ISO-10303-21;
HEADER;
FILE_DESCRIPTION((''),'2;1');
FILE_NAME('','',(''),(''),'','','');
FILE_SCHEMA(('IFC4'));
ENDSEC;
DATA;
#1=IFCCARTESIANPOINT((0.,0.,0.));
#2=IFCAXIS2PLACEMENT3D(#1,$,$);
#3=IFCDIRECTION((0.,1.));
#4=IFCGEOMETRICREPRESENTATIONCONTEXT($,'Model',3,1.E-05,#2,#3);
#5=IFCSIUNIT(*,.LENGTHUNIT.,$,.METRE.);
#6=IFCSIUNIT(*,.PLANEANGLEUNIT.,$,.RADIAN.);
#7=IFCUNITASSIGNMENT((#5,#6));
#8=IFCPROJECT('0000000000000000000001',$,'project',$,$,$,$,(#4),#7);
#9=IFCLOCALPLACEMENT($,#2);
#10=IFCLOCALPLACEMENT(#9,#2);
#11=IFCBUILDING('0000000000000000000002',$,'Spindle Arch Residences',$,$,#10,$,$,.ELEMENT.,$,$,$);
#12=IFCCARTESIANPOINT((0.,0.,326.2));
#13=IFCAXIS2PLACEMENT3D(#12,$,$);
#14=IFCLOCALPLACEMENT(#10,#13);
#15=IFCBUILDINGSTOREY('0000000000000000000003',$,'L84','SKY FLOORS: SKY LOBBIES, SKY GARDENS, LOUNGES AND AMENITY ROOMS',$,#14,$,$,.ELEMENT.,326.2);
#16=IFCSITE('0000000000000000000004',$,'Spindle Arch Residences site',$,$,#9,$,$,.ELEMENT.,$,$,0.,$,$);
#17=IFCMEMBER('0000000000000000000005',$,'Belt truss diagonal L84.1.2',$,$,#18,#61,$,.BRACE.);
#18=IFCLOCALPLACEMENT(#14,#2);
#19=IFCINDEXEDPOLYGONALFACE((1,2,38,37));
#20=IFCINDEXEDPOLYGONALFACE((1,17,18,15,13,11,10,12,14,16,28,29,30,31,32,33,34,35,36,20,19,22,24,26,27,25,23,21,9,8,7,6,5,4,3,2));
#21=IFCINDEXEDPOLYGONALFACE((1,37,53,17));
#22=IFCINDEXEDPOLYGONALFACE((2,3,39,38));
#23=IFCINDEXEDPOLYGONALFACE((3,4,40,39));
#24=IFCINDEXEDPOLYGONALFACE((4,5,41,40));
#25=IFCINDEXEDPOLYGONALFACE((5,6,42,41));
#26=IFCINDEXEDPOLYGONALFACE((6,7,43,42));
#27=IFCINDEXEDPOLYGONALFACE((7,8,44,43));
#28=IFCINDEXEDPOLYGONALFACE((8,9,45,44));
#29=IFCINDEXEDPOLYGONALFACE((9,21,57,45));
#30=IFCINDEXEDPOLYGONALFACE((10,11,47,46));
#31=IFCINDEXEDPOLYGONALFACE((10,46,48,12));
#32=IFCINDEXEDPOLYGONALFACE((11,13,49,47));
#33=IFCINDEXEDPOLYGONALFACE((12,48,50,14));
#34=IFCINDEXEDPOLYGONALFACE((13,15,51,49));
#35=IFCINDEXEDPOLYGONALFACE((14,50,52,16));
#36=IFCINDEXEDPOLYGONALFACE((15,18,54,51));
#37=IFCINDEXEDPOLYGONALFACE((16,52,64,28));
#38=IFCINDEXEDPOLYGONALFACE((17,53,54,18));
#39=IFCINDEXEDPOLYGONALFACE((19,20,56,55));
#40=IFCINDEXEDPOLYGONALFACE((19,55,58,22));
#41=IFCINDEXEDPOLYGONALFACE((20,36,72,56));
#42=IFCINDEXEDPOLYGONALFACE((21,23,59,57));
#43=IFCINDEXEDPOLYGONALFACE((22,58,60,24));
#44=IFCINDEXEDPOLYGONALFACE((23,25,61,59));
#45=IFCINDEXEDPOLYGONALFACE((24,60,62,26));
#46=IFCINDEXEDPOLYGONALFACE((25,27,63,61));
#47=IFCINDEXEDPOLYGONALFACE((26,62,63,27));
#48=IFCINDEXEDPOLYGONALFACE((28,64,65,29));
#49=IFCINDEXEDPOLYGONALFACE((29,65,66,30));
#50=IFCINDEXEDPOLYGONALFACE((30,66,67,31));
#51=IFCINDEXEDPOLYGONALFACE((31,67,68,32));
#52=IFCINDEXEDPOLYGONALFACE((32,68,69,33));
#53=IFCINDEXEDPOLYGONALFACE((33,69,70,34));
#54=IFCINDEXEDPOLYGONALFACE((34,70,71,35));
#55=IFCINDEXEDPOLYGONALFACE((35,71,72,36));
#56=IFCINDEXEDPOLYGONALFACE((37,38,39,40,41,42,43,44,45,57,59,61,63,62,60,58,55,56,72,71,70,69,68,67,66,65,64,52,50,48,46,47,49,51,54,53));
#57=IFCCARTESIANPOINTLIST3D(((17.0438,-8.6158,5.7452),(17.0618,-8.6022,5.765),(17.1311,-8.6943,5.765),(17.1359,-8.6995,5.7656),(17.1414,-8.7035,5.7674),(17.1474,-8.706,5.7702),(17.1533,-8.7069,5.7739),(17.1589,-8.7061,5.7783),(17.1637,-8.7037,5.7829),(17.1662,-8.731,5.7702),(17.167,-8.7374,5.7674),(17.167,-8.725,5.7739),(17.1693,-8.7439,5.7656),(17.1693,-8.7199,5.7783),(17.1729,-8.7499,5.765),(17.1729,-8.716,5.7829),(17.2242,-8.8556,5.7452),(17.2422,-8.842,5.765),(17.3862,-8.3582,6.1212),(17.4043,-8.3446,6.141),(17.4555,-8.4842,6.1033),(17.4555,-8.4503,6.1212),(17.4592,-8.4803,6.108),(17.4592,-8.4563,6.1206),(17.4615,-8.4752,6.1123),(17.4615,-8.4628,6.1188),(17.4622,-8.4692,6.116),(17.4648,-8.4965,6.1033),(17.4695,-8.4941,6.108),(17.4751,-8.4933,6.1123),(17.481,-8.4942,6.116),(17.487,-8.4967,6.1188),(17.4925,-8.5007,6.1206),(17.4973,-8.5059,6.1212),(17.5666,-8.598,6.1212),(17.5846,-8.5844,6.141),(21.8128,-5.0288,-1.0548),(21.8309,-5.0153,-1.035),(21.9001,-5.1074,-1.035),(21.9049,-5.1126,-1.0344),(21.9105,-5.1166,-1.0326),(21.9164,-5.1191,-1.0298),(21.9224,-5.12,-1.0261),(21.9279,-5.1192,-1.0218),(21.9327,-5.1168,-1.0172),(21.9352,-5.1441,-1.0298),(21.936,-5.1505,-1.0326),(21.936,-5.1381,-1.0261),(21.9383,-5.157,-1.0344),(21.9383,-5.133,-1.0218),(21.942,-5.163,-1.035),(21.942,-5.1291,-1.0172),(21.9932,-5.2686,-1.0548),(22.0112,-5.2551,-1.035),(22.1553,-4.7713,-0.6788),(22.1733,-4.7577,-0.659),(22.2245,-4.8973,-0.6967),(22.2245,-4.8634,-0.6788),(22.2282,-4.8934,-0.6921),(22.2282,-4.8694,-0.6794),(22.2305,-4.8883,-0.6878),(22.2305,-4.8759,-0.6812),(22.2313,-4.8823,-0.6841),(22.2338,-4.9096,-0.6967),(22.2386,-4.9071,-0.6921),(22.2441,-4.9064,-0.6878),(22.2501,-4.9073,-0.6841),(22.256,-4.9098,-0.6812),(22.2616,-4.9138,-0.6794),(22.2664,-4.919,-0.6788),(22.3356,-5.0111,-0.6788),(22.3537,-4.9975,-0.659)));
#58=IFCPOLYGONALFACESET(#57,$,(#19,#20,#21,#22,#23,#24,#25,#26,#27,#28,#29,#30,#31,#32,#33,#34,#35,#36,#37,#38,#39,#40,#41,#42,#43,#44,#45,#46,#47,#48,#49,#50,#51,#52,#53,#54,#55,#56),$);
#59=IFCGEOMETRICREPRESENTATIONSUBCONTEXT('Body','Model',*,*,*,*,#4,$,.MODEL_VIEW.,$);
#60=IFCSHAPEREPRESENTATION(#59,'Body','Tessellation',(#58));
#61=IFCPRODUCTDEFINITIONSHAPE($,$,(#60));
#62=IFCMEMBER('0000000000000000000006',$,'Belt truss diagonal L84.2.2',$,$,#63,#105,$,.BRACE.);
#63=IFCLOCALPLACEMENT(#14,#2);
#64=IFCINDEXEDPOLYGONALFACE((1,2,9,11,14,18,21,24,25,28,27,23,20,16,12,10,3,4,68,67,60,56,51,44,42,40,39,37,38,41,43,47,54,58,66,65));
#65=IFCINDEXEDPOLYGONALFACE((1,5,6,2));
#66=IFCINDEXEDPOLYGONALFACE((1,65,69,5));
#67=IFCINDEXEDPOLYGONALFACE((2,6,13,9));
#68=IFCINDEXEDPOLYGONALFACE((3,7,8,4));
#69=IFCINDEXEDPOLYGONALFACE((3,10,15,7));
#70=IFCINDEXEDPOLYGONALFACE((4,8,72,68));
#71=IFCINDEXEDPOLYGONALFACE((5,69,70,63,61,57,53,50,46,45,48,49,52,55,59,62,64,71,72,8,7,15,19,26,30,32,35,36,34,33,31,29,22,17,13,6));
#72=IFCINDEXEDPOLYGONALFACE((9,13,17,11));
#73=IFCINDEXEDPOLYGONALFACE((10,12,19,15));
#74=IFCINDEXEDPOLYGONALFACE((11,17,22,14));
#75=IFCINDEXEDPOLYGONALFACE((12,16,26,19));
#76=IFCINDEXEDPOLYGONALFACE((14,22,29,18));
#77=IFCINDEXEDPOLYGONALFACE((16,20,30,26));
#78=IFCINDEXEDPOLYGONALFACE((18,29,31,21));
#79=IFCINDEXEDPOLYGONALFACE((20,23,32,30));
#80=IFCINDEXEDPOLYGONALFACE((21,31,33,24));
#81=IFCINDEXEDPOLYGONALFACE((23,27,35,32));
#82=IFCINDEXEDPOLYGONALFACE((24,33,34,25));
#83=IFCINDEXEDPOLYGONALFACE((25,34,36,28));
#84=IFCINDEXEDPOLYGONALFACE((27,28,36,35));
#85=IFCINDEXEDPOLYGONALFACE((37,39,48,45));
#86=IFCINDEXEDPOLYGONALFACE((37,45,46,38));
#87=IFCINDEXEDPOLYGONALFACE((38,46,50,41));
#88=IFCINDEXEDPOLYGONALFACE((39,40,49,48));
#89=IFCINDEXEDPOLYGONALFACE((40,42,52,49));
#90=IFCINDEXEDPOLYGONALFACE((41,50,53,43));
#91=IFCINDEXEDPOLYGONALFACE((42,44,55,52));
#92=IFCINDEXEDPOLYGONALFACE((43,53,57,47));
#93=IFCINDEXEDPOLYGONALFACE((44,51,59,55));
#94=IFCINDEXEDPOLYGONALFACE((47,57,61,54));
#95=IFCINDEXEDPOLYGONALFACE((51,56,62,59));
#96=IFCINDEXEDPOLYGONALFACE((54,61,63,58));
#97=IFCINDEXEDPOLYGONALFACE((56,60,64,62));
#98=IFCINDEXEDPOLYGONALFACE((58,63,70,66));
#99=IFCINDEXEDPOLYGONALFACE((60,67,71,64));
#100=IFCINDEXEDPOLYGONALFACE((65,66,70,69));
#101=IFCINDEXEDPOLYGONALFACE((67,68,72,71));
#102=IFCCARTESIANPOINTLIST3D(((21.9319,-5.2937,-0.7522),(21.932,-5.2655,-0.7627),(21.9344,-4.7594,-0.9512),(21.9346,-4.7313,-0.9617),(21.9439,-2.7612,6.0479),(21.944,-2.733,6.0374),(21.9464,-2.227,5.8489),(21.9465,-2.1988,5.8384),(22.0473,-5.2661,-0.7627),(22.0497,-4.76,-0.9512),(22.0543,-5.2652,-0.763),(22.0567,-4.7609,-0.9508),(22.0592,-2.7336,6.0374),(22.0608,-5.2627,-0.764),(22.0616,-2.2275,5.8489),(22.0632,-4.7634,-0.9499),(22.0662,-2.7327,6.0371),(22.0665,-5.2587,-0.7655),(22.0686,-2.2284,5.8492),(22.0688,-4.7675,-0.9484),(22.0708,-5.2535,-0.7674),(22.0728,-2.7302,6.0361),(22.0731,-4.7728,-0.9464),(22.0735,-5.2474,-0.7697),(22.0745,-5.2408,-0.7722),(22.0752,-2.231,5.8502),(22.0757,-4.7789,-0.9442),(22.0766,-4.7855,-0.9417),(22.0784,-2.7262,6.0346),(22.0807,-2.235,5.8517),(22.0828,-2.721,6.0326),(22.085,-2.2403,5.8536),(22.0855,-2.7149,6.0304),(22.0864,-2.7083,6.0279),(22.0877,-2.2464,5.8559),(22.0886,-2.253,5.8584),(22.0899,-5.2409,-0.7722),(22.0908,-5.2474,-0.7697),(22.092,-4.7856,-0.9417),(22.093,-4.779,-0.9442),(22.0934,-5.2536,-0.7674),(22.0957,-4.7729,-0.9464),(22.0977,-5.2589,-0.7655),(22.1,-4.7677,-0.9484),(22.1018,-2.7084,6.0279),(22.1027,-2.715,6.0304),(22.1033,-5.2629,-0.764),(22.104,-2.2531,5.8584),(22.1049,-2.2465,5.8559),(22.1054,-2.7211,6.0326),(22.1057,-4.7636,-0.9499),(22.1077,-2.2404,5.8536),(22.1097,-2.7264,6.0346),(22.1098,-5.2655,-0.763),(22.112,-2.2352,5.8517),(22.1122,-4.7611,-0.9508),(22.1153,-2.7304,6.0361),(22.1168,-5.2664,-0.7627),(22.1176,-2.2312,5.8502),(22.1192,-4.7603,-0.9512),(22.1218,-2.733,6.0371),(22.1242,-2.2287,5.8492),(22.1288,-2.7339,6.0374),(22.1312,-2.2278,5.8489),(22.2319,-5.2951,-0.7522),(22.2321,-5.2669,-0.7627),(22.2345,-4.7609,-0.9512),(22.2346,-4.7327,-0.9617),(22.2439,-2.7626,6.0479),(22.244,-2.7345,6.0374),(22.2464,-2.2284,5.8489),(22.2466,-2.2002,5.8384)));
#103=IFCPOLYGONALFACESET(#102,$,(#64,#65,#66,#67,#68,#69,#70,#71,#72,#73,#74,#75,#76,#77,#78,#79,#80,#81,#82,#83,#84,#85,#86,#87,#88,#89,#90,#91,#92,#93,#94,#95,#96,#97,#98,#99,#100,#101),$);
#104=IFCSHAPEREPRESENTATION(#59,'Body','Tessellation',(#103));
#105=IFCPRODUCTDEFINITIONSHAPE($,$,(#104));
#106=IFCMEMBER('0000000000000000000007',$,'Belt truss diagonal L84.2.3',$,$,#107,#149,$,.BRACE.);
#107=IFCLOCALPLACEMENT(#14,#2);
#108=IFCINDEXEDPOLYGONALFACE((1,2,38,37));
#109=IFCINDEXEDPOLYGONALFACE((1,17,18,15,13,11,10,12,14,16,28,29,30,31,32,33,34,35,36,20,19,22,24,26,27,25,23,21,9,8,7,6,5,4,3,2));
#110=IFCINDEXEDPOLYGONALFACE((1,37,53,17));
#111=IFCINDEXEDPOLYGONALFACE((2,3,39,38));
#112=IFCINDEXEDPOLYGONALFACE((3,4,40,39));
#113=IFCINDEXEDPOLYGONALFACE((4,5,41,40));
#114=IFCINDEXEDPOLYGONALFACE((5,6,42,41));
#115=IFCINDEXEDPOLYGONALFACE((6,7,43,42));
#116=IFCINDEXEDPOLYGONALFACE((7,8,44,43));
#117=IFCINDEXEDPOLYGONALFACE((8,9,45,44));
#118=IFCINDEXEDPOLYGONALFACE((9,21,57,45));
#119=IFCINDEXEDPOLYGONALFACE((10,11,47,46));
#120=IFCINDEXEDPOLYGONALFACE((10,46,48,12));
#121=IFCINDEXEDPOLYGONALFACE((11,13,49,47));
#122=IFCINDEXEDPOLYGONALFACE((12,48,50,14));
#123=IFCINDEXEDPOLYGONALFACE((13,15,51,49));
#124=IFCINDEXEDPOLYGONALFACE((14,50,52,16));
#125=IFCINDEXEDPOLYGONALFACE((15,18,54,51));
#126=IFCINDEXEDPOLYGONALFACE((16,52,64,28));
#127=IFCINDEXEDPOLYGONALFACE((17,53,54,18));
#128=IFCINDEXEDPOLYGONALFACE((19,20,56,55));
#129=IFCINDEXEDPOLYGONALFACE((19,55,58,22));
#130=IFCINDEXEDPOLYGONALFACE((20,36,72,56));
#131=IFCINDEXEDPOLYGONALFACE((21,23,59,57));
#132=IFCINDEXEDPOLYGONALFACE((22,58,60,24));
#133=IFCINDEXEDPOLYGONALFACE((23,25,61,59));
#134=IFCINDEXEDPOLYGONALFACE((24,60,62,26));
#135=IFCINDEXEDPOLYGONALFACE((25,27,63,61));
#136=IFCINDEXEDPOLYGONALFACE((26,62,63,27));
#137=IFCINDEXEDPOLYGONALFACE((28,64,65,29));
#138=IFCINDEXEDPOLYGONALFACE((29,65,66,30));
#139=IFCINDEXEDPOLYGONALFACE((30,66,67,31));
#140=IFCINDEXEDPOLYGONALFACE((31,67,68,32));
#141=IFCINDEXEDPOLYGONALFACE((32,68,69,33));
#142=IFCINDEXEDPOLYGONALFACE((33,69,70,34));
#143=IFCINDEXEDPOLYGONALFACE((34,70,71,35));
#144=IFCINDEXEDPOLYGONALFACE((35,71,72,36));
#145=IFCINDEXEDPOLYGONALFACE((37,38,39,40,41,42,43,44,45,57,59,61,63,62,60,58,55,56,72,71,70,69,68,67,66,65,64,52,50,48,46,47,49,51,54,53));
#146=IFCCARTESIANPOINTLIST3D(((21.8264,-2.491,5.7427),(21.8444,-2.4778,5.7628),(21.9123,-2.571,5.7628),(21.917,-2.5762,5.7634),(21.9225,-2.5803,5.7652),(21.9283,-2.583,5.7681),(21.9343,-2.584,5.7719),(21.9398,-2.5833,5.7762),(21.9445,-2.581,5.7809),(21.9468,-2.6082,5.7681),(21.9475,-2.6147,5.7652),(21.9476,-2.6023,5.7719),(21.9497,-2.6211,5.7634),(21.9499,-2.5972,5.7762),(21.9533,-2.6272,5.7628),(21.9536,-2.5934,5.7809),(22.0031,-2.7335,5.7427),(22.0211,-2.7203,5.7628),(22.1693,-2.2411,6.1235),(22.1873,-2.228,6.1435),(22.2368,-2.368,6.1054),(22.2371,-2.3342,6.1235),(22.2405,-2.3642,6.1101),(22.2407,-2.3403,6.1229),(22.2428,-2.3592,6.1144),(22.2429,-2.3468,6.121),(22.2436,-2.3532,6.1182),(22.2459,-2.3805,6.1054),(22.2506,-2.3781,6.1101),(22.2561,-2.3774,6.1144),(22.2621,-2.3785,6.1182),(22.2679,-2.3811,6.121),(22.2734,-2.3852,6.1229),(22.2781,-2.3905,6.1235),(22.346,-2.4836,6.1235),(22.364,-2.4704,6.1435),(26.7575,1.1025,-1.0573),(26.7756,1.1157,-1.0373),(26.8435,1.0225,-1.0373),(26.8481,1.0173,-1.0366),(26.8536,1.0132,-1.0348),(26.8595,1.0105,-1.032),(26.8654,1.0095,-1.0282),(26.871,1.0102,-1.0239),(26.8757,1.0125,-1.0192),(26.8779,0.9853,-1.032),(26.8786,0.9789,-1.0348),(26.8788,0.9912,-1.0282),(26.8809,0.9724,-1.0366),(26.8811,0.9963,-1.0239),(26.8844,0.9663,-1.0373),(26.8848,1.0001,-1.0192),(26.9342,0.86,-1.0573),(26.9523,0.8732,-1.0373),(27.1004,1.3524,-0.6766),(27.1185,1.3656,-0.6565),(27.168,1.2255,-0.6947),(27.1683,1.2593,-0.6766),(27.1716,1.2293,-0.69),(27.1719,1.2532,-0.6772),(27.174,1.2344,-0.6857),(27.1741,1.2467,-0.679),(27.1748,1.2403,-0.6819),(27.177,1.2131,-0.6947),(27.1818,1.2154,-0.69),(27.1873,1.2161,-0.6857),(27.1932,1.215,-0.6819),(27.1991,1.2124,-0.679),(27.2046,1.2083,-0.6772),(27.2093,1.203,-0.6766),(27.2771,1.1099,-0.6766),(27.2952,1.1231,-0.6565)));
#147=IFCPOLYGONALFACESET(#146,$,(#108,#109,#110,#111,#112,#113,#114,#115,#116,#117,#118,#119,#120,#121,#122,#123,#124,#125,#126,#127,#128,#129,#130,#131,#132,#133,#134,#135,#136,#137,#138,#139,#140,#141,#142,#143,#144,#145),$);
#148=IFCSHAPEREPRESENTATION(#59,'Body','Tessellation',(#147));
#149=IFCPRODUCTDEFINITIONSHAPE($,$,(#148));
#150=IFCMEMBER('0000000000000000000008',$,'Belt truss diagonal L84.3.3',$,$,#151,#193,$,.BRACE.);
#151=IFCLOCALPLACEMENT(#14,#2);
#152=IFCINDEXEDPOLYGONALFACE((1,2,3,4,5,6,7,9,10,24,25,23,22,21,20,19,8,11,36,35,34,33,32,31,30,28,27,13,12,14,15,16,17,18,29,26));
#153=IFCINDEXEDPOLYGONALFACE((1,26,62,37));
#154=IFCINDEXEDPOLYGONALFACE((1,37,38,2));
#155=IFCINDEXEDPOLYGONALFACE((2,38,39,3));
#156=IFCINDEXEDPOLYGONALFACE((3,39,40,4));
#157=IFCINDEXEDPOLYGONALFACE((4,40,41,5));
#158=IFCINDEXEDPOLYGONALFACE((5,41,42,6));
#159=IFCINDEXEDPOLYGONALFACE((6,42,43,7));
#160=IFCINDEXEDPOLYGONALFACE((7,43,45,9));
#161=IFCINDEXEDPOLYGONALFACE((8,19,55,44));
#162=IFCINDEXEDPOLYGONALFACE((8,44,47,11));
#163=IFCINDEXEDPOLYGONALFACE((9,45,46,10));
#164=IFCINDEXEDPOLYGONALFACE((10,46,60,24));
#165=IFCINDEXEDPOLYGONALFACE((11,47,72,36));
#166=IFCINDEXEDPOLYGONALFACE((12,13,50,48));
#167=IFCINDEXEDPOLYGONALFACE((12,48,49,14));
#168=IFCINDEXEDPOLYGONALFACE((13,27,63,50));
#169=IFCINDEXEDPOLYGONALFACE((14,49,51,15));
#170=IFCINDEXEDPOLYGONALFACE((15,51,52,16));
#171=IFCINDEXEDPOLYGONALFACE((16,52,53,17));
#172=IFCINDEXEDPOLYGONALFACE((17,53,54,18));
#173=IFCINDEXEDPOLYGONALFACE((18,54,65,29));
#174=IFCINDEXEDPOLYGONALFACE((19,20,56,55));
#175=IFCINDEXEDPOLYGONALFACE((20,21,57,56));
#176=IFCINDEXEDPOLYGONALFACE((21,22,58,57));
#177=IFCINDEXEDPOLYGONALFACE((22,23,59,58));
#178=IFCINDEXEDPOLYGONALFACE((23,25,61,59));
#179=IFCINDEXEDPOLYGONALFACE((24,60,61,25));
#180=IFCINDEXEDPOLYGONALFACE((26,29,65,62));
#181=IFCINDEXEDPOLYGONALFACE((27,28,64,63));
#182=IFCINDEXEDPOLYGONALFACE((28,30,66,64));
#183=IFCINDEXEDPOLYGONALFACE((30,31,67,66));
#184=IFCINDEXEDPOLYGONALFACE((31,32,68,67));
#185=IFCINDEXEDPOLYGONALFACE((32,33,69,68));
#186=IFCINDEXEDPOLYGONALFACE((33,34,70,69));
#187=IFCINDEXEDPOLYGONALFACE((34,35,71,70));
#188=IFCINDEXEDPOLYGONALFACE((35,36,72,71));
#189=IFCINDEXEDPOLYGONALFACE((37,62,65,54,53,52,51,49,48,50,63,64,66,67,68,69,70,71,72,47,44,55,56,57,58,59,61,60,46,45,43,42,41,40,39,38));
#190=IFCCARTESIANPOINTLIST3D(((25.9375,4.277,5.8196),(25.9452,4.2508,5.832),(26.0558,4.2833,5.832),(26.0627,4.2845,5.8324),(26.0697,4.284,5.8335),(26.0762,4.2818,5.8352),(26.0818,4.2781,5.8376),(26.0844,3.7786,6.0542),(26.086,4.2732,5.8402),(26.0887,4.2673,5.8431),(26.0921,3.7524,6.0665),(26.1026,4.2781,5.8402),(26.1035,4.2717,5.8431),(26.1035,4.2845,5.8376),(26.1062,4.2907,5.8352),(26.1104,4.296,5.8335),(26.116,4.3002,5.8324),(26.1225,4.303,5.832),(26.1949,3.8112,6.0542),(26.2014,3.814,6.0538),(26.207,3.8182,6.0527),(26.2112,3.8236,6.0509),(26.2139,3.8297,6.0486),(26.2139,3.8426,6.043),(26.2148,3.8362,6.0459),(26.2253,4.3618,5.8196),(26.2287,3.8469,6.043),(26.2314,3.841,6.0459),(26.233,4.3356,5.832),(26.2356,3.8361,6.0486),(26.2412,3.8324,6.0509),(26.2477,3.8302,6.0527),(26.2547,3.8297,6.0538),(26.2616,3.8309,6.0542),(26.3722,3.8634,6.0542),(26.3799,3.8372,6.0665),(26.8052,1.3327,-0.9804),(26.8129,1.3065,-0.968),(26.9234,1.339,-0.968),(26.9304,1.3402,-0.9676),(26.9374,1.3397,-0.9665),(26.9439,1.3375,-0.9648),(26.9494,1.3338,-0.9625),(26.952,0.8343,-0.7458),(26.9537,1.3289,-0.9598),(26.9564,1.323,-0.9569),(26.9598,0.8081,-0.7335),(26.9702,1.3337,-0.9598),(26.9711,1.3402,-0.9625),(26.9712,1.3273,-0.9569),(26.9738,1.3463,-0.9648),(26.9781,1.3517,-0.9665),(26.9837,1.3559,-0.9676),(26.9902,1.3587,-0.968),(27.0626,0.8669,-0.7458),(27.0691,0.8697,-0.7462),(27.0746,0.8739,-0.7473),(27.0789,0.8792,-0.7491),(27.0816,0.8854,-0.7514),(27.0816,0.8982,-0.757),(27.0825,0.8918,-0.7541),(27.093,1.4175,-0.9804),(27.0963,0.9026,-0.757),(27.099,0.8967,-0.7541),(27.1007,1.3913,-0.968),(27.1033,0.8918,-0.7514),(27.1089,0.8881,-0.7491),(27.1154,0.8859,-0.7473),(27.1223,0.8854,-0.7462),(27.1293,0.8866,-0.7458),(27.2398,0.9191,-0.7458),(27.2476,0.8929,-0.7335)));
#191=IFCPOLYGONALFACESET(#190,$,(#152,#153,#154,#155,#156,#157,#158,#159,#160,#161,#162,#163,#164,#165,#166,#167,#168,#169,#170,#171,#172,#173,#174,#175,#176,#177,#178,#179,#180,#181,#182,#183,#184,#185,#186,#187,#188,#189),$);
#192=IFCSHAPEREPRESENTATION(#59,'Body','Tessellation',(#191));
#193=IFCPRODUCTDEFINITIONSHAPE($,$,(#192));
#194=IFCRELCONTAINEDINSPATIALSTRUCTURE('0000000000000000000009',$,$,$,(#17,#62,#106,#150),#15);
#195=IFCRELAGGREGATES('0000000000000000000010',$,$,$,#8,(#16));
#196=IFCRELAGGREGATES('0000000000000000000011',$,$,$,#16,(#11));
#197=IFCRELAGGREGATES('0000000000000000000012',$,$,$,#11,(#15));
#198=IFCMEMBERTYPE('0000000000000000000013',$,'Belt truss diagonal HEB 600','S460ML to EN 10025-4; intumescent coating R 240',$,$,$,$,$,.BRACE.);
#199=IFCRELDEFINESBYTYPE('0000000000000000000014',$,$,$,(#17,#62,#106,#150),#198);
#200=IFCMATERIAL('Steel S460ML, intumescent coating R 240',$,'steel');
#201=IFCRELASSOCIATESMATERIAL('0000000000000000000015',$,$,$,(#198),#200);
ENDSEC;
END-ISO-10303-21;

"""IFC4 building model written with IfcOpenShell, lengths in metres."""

from ifc_helpers import new_model, si_unit, direction, frame, origin, origin_2d, place, context, subcontext, project, spatial, i_section, extrude, material, material_profile, profile_set, type_object, element, save


model = new_model("IFC4")

# Units and contexts
model_context = context("Model", 3, precision=1e-05, world=origin(), true_north=direction((0.0, 1.0)))
body_context = subcontext(model_context, "Body", "Model", "MODEL_VIEW")
ifc_project = project(units=[si_unit("LENGTHUNIT", "METRE"), si_unit("PLANEANGLEUNIT", "RADIAN")], contexts=[model_context])

# Site, building, storey
site_placement = place(None, origin())
site = spatial("IfcSite", under=ifc_project, at=site_placement, Name="Spindle Arch Residences site", CompositionType="ELEMENT", RefElevation=0.0)
building_placement = place(site_placement, origin())
building = spatial("IfcBuilding", under=site, at=building_placement, Name="Spindle Arch Residences", CompositionType="ELEMENT")
storey_placement = place(building_placement, frame((0.0, 0.0, 326.2)))
storey = spatial("IfcBuildingStorey", under=building, at=storey_placement, Name="L84", Description="SKY FLOORS: SKY LOBBIES, SKY GARDENS, LOUNGES AND AMENITY ROOMS", CompositionType="ELEMENT", Elevation=326.2)

# Members
ifc_material_1 = material(Name="Steel S460ML, intumescent coating R 240", Category="steel")
ifc_material_profile_1 = material_profile(ifc_material_1, i_section(OverallWidth=0.3, OverallDepth=0.6001, WebThickness=0.0154, FlangeThickness=0.03, FilletRadius=0.0271, at=origin_2d()), Name="HEB 600")
ifc_profile_set_1 = profile_set([ifc_material_profile_1], Name="Steel S460ML, intumescent coating R 240")
member_type_1 = type_object("IfcMemberType", Name="Belt truss diagonal HEB 600", Description="S460ML to EN 10025-4; intumescent coating R 240", PredefinedType="BRACE", material=ifc_profile_set_1)
member_1_placement = place(storey_placement, frame((22.0833, -5.0132, -0.8569), z_axis=(-0.527134, -0.39647, 0.751626), x_axis=(0.601086, -0.799184, 0.0)))
element("IfcMember", 1, at=member_1_placement, inside=storey, type_object=member_type_1, Name="Belt truss diagonal L84.1.2", PredefinedType="BRACE", context=body_context, shape_type="SweptSolid", body=[
    extrude(i_section(OverallWidth=0.3, OverallDepth=0.6001, WebThickness=0.0154, FlangeThickness=0.03, FilletRadius=0.0271, at=origin_2d()), origin(), (0.0, 0.0, 1.0), 9.0471),
])
member_2_placement = place(storey_placement, frame((22.0833, -5.0132, -0.8569), z_axis=(0.001649, 0.349002, 0.937121), x_axis=(-0.999989, 0.004724, 0.0)))
element("IfcMember", 2, at=member_2_placement, inside=storey, type_object=member_type_1, Name="Belt truss diagonal L84.2.2", PredefinedType="BRACE", context=body_context, shape_type="SweptSolid", body=[
    extrude(i_section(OverallWidth=0.3, OverallDepth=0.6001, WebThickness=0.0154, FlangeThickness=0.03, FilletRadius=0.0271, at=origin_2d()), origin(), (0.0, 0.0, 1.0), 7.2563),
])
member_3_placement = place(storey_placement, frame((27.0264, 1.1128, -0.8569), z_axis=(-0.539738, -0.393326, 0.744297), x_axis=(0.588945, -0.808173, 0.0)))
element("IfcMember", 3, at=member_3_placement, inside=storey, type_object=member_type_1, Name="Belt truss diagonal L84.2.3", PredefinedType="BRACE", context=body_context, shape_type="SweptSolid", body=[
    extrude(i_section(OverallWidth=0.3, OverallDepth=0.6001, WebThickness=0.0154, FlangeThickness=0.03, FilletRadius=0.0271, at=origin_2d()), origin(), (0.0, 0.0, 1.0), 9.1362),
])
member_4_placement = place(storey_placement, frame((27.0264, 1.1128, -0.8569), z_axis=(-0.116299, 0.394644, 0.911444), x_axis=(-0.959216, -0.282674, 0.0)))
element("IfcMember", 4, at=member_4_placement, inside=storey, type_object=member_type_1, Name="Belt truss diagonal L84.3.3", PredefinedType="BRACE", context=body_context, shape_type="SweptSolid", body=[
    extrude(i_section(OverallWidth=0.3, OverallDepth=0.6001, WebThickness=0.0154, FlangeThickness=0.03, FilletRadius=0.0271, at=origin_2d()), origin(), (0.0, 0.0, 1.0), 7.4607),
])

save(model, "model.ifc")
